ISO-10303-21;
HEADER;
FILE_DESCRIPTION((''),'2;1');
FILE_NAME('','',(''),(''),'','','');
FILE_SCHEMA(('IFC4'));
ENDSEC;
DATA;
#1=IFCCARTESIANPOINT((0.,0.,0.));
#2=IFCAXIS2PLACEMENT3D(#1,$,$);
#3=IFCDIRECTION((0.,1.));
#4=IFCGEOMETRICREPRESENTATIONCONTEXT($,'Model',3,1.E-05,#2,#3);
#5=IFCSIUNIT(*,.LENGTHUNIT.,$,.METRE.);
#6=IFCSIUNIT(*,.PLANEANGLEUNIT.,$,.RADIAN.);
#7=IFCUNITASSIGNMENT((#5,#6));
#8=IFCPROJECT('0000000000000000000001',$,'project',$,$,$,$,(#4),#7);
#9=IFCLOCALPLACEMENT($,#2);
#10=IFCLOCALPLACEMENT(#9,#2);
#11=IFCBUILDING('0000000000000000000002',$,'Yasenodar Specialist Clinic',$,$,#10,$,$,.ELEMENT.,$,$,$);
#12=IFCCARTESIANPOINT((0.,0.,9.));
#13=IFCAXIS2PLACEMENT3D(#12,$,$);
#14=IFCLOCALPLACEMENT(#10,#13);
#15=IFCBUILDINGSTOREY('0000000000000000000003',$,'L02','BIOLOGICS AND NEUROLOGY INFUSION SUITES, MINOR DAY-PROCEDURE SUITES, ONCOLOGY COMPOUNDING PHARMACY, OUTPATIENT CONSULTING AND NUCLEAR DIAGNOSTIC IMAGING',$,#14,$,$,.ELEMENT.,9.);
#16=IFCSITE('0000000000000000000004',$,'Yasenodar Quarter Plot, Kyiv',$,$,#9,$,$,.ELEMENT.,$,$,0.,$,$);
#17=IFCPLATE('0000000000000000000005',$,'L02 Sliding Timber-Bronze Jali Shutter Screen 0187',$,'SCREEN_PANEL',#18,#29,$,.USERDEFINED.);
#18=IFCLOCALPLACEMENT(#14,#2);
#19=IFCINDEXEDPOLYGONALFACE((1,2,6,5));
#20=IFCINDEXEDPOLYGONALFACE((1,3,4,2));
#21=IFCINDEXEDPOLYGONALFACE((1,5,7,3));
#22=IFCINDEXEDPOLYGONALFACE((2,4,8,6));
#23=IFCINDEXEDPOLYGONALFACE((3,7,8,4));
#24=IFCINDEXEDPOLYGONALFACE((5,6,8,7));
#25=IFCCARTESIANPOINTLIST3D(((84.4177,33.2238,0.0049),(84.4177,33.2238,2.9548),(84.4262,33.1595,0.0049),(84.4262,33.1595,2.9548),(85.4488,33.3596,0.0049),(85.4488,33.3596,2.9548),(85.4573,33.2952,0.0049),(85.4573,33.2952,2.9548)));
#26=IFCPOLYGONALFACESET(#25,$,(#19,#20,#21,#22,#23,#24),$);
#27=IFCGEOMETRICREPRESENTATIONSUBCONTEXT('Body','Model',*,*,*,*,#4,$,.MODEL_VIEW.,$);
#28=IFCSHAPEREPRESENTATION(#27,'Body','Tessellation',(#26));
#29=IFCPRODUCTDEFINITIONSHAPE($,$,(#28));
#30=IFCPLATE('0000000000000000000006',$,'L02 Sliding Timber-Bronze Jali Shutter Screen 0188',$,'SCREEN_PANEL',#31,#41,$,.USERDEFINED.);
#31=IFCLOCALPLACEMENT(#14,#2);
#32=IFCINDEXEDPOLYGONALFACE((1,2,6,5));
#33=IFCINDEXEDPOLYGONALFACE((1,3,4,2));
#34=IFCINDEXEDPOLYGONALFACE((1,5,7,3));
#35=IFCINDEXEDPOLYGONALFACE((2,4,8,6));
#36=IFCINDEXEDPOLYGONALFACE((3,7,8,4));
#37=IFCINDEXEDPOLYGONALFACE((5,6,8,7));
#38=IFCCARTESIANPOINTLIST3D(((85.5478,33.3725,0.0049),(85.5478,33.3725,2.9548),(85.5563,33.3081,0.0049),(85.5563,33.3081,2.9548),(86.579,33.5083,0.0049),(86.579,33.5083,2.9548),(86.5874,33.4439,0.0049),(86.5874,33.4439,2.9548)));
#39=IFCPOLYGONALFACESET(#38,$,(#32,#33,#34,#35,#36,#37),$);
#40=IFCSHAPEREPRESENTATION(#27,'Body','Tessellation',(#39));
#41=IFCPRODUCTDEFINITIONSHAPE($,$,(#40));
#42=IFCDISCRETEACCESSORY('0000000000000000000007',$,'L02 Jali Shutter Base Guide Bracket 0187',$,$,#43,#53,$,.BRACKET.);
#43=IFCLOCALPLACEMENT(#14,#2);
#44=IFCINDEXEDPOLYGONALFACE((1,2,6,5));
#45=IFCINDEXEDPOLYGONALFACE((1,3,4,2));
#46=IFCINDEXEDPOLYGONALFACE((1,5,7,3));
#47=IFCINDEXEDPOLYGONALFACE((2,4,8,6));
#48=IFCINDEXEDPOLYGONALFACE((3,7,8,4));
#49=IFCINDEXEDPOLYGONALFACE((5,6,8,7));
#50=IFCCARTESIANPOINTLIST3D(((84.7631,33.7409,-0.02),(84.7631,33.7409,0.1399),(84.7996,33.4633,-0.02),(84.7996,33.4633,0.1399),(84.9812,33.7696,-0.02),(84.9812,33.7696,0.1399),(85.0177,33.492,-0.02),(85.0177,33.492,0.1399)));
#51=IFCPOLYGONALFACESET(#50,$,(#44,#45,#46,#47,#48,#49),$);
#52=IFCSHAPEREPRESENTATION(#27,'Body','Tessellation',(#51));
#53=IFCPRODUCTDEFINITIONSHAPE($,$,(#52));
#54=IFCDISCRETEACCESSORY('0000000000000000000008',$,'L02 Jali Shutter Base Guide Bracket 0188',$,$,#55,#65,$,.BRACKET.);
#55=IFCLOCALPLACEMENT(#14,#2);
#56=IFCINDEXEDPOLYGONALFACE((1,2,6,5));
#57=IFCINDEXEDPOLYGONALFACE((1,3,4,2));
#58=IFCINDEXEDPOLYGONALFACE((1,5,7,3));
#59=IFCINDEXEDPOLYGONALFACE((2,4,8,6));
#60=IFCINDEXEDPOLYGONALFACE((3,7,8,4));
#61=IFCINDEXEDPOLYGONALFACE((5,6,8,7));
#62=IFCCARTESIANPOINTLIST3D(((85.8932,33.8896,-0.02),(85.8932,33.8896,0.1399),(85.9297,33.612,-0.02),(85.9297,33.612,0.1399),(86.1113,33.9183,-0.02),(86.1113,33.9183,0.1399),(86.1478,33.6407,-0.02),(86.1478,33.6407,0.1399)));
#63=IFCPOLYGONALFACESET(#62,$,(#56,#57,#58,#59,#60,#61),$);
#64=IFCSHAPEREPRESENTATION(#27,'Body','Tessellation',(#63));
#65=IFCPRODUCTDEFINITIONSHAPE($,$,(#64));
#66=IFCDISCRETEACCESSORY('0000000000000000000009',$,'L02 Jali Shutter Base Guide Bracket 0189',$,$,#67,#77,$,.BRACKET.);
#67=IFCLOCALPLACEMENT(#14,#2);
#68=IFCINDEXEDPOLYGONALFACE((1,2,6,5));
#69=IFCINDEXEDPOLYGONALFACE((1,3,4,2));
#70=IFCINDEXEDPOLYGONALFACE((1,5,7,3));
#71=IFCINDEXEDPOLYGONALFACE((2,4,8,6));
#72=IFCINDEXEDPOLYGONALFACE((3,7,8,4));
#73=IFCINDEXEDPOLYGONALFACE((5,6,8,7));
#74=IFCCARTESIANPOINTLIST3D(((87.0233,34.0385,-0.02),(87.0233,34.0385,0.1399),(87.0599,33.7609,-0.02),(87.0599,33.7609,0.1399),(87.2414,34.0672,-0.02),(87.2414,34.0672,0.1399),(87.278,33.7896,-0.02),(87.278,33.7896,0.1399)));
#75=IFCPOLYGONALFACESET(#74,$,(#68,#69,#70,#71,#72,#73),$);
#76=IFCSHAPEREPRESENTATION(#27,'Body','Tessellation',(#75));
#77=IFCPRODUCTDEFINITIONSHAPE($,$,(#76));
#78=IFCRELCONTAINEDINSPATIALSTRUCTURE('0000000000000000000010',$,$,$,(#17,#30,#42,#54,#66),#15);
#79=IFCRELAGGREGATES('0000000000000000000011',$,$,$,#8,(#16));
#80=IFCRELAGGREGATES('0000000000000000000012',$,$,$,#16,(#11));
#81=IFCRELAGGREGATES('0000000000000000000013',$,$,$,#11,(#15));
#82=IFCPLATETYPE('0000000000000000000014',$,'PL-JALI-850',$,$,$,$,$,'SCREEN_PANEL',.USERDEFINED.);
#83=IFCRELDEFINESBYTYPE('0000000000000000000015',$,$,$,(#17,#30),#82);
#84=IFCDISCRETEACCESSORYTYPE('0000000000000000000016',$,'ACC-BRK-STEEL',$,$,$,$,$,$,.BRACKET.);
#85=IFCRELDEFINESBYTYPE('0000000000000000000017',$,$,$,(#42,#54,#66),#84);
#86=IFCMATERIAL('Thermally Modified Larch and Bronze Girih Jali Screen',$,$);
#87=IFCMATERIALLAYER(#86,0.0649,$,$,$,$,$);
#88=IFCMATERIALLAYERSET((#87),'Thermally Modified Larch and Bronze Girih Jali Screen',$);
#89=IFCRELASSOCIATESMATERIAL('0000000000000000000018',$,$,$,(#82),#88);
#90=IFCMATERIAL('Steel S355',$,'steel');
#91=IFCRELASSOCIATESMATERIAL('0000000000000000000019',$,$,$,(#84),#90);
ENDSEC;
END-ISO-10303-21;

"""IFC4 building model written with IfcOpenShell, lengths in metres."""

from ifc_helpers import new_model, si_unit, direction, frame, origin, origin_2d, place, context, subcontext, project, spatial, rectangle, extrude, material, layer, layer_set, type_object, element, save


model = new_model("IFC4")

# Units and contexts
model_context = context("Model", 3, precision=1e-05, world=origin(), true_north=direction((0.0, 1.0)))
body_context = subcontext(model_context, "Body", "Model", "MODEL_VIEW")
ifc_project = project(units=[si_unit("LENGTHUNIT", "METRE"), si_unit("PLANEANGLEUNIT", "RADIAN")], contexts=[model_context])

# Site, building, storey
site_placement = place(None, origin())
site = spatial("IfcSite", under=ifc_project, at=site_placement, Name="Yasenodar Quarter Plot, Kyiv", CompositionType="ELEMENT", RefElevation=0.0)
building_placement = place(site_placement, origin())
building = spatial("IfcBuilding", under=site, at=building_placement, Name="Yasenodar Specialist Clinic", CompositionType="ELEMENT")
storey_placement = place(building_placement, frame((0.0, 0.0, 9.0)))
storey = spatial("IfcBuildingStorey", under=building, at=storey_placement, Name="L02", Description="BIOLOGICS AND NEUROLOGY INFUSION SUITES, MINOR DAY-PROCEDURE SUITES, ONCOLOGY COMPOUNDING PHARMACY, OUTPATIENT CONSULTING AND NUCLEAR DIAGNOSTIC IMAGING", CompositionType="ELEMENT", Elevation=9.0)

# Plates
ifc_material_1 = material(Name="Thermally Modified Larch and Bronze Girih Jali Screen")
ifc_layer_1 = layer(ifc_material_1, 0.0649)
ifc_layer_set_1 = layer_set([ifc_layer_1], Name="Thermally Modified Larch and Bronze Girih Jali Screen")
plate_type_1 = type_object("IfcPlateType", Name="PL-JALI-850", ElementType="SCREEN_PANEL", PredefinedType="USERDEFINED", material=ifc_layer_set_1)
for number, where, z_axis, x_axis, name in (
    (1, (84.9375, 33.2595, 0.0049), (0.0, 0.0, 1.0), (0.991446, 0.130519, 0.0), "L02 Sliding Timber-Bronze Jali Shutter Screen 0187"),
    (2, (86.0676, 33.4082, 0.0049), (0.0, 0.0, 1.0), (0.991446, 0.130519, 0.0), "L02 Sliding Timber-Bronze Jali Shutter Screen 0188"),
):
    element("IfcPlate", number, at=place(storey_placement, frame(where, z_axis=z_axis, x_axis=x_axis)), inside=storey, type_object=plate_type_1, Name=name, ObjectType="SCREEN_PANEL", PredefinedType="USERDEFINED", context=body_context, shape_type="SweptSolid", body=[
        extrude(rectangle(XDim=1.04, YDim=0.0649, at=origin_2d()), origin(), (0.0, 0.0, 1.0), 2.95),
    ])

# Discrete accessories
ifc_material_2 = material(Name="Steel S355", Category="steel")
discrete_accessory_type = type_object("IfcDiscreteAccessoryType", Name="ACC-BRK-STEEL", PredefinedType="BRACKET", material=ifc_material_2)
for number, where, z_axis, x_axis, name in (
    (3, (84.8904, 33.6165, -0.02), (0.0, 0.0, 1.0), (0.991446, 0.130519, 0.0), "L02 Jali Shutter Base Guide Bracket 0187"),
    (4, (86.0205, 33.7651, -0.02), (0.0, 0.0, 1.0), (0.991446, 0.130519, 0.0), "L02 Jali Shutter Base Guide Bracket 0188"),
    (5, (87.1506, 33.9141, -0.02), (0.0, 0.0, 1.0), (0.991446, 0.130519, 0.0), "L02 Jali Shutter Base Guide Bracket 0189"),
):
    element("IfcDiscreteAccessory", number, at=place(storey_placement, frame(where, z_axis=z_axis, x_axis=x_axis)), inside=storey, type_object=discrete_accessory_type, Name=name, PredefinedType="BRACKET", context=body_context, shape_type="SweptSolid", body=[
        extrude(rectangle(XDim=0.22, YDim=0.28, at=origin_2d()), origin(), (0.0, 0.0, 1.0), 0.1599),
    ])

save(model, "model.ifc")
